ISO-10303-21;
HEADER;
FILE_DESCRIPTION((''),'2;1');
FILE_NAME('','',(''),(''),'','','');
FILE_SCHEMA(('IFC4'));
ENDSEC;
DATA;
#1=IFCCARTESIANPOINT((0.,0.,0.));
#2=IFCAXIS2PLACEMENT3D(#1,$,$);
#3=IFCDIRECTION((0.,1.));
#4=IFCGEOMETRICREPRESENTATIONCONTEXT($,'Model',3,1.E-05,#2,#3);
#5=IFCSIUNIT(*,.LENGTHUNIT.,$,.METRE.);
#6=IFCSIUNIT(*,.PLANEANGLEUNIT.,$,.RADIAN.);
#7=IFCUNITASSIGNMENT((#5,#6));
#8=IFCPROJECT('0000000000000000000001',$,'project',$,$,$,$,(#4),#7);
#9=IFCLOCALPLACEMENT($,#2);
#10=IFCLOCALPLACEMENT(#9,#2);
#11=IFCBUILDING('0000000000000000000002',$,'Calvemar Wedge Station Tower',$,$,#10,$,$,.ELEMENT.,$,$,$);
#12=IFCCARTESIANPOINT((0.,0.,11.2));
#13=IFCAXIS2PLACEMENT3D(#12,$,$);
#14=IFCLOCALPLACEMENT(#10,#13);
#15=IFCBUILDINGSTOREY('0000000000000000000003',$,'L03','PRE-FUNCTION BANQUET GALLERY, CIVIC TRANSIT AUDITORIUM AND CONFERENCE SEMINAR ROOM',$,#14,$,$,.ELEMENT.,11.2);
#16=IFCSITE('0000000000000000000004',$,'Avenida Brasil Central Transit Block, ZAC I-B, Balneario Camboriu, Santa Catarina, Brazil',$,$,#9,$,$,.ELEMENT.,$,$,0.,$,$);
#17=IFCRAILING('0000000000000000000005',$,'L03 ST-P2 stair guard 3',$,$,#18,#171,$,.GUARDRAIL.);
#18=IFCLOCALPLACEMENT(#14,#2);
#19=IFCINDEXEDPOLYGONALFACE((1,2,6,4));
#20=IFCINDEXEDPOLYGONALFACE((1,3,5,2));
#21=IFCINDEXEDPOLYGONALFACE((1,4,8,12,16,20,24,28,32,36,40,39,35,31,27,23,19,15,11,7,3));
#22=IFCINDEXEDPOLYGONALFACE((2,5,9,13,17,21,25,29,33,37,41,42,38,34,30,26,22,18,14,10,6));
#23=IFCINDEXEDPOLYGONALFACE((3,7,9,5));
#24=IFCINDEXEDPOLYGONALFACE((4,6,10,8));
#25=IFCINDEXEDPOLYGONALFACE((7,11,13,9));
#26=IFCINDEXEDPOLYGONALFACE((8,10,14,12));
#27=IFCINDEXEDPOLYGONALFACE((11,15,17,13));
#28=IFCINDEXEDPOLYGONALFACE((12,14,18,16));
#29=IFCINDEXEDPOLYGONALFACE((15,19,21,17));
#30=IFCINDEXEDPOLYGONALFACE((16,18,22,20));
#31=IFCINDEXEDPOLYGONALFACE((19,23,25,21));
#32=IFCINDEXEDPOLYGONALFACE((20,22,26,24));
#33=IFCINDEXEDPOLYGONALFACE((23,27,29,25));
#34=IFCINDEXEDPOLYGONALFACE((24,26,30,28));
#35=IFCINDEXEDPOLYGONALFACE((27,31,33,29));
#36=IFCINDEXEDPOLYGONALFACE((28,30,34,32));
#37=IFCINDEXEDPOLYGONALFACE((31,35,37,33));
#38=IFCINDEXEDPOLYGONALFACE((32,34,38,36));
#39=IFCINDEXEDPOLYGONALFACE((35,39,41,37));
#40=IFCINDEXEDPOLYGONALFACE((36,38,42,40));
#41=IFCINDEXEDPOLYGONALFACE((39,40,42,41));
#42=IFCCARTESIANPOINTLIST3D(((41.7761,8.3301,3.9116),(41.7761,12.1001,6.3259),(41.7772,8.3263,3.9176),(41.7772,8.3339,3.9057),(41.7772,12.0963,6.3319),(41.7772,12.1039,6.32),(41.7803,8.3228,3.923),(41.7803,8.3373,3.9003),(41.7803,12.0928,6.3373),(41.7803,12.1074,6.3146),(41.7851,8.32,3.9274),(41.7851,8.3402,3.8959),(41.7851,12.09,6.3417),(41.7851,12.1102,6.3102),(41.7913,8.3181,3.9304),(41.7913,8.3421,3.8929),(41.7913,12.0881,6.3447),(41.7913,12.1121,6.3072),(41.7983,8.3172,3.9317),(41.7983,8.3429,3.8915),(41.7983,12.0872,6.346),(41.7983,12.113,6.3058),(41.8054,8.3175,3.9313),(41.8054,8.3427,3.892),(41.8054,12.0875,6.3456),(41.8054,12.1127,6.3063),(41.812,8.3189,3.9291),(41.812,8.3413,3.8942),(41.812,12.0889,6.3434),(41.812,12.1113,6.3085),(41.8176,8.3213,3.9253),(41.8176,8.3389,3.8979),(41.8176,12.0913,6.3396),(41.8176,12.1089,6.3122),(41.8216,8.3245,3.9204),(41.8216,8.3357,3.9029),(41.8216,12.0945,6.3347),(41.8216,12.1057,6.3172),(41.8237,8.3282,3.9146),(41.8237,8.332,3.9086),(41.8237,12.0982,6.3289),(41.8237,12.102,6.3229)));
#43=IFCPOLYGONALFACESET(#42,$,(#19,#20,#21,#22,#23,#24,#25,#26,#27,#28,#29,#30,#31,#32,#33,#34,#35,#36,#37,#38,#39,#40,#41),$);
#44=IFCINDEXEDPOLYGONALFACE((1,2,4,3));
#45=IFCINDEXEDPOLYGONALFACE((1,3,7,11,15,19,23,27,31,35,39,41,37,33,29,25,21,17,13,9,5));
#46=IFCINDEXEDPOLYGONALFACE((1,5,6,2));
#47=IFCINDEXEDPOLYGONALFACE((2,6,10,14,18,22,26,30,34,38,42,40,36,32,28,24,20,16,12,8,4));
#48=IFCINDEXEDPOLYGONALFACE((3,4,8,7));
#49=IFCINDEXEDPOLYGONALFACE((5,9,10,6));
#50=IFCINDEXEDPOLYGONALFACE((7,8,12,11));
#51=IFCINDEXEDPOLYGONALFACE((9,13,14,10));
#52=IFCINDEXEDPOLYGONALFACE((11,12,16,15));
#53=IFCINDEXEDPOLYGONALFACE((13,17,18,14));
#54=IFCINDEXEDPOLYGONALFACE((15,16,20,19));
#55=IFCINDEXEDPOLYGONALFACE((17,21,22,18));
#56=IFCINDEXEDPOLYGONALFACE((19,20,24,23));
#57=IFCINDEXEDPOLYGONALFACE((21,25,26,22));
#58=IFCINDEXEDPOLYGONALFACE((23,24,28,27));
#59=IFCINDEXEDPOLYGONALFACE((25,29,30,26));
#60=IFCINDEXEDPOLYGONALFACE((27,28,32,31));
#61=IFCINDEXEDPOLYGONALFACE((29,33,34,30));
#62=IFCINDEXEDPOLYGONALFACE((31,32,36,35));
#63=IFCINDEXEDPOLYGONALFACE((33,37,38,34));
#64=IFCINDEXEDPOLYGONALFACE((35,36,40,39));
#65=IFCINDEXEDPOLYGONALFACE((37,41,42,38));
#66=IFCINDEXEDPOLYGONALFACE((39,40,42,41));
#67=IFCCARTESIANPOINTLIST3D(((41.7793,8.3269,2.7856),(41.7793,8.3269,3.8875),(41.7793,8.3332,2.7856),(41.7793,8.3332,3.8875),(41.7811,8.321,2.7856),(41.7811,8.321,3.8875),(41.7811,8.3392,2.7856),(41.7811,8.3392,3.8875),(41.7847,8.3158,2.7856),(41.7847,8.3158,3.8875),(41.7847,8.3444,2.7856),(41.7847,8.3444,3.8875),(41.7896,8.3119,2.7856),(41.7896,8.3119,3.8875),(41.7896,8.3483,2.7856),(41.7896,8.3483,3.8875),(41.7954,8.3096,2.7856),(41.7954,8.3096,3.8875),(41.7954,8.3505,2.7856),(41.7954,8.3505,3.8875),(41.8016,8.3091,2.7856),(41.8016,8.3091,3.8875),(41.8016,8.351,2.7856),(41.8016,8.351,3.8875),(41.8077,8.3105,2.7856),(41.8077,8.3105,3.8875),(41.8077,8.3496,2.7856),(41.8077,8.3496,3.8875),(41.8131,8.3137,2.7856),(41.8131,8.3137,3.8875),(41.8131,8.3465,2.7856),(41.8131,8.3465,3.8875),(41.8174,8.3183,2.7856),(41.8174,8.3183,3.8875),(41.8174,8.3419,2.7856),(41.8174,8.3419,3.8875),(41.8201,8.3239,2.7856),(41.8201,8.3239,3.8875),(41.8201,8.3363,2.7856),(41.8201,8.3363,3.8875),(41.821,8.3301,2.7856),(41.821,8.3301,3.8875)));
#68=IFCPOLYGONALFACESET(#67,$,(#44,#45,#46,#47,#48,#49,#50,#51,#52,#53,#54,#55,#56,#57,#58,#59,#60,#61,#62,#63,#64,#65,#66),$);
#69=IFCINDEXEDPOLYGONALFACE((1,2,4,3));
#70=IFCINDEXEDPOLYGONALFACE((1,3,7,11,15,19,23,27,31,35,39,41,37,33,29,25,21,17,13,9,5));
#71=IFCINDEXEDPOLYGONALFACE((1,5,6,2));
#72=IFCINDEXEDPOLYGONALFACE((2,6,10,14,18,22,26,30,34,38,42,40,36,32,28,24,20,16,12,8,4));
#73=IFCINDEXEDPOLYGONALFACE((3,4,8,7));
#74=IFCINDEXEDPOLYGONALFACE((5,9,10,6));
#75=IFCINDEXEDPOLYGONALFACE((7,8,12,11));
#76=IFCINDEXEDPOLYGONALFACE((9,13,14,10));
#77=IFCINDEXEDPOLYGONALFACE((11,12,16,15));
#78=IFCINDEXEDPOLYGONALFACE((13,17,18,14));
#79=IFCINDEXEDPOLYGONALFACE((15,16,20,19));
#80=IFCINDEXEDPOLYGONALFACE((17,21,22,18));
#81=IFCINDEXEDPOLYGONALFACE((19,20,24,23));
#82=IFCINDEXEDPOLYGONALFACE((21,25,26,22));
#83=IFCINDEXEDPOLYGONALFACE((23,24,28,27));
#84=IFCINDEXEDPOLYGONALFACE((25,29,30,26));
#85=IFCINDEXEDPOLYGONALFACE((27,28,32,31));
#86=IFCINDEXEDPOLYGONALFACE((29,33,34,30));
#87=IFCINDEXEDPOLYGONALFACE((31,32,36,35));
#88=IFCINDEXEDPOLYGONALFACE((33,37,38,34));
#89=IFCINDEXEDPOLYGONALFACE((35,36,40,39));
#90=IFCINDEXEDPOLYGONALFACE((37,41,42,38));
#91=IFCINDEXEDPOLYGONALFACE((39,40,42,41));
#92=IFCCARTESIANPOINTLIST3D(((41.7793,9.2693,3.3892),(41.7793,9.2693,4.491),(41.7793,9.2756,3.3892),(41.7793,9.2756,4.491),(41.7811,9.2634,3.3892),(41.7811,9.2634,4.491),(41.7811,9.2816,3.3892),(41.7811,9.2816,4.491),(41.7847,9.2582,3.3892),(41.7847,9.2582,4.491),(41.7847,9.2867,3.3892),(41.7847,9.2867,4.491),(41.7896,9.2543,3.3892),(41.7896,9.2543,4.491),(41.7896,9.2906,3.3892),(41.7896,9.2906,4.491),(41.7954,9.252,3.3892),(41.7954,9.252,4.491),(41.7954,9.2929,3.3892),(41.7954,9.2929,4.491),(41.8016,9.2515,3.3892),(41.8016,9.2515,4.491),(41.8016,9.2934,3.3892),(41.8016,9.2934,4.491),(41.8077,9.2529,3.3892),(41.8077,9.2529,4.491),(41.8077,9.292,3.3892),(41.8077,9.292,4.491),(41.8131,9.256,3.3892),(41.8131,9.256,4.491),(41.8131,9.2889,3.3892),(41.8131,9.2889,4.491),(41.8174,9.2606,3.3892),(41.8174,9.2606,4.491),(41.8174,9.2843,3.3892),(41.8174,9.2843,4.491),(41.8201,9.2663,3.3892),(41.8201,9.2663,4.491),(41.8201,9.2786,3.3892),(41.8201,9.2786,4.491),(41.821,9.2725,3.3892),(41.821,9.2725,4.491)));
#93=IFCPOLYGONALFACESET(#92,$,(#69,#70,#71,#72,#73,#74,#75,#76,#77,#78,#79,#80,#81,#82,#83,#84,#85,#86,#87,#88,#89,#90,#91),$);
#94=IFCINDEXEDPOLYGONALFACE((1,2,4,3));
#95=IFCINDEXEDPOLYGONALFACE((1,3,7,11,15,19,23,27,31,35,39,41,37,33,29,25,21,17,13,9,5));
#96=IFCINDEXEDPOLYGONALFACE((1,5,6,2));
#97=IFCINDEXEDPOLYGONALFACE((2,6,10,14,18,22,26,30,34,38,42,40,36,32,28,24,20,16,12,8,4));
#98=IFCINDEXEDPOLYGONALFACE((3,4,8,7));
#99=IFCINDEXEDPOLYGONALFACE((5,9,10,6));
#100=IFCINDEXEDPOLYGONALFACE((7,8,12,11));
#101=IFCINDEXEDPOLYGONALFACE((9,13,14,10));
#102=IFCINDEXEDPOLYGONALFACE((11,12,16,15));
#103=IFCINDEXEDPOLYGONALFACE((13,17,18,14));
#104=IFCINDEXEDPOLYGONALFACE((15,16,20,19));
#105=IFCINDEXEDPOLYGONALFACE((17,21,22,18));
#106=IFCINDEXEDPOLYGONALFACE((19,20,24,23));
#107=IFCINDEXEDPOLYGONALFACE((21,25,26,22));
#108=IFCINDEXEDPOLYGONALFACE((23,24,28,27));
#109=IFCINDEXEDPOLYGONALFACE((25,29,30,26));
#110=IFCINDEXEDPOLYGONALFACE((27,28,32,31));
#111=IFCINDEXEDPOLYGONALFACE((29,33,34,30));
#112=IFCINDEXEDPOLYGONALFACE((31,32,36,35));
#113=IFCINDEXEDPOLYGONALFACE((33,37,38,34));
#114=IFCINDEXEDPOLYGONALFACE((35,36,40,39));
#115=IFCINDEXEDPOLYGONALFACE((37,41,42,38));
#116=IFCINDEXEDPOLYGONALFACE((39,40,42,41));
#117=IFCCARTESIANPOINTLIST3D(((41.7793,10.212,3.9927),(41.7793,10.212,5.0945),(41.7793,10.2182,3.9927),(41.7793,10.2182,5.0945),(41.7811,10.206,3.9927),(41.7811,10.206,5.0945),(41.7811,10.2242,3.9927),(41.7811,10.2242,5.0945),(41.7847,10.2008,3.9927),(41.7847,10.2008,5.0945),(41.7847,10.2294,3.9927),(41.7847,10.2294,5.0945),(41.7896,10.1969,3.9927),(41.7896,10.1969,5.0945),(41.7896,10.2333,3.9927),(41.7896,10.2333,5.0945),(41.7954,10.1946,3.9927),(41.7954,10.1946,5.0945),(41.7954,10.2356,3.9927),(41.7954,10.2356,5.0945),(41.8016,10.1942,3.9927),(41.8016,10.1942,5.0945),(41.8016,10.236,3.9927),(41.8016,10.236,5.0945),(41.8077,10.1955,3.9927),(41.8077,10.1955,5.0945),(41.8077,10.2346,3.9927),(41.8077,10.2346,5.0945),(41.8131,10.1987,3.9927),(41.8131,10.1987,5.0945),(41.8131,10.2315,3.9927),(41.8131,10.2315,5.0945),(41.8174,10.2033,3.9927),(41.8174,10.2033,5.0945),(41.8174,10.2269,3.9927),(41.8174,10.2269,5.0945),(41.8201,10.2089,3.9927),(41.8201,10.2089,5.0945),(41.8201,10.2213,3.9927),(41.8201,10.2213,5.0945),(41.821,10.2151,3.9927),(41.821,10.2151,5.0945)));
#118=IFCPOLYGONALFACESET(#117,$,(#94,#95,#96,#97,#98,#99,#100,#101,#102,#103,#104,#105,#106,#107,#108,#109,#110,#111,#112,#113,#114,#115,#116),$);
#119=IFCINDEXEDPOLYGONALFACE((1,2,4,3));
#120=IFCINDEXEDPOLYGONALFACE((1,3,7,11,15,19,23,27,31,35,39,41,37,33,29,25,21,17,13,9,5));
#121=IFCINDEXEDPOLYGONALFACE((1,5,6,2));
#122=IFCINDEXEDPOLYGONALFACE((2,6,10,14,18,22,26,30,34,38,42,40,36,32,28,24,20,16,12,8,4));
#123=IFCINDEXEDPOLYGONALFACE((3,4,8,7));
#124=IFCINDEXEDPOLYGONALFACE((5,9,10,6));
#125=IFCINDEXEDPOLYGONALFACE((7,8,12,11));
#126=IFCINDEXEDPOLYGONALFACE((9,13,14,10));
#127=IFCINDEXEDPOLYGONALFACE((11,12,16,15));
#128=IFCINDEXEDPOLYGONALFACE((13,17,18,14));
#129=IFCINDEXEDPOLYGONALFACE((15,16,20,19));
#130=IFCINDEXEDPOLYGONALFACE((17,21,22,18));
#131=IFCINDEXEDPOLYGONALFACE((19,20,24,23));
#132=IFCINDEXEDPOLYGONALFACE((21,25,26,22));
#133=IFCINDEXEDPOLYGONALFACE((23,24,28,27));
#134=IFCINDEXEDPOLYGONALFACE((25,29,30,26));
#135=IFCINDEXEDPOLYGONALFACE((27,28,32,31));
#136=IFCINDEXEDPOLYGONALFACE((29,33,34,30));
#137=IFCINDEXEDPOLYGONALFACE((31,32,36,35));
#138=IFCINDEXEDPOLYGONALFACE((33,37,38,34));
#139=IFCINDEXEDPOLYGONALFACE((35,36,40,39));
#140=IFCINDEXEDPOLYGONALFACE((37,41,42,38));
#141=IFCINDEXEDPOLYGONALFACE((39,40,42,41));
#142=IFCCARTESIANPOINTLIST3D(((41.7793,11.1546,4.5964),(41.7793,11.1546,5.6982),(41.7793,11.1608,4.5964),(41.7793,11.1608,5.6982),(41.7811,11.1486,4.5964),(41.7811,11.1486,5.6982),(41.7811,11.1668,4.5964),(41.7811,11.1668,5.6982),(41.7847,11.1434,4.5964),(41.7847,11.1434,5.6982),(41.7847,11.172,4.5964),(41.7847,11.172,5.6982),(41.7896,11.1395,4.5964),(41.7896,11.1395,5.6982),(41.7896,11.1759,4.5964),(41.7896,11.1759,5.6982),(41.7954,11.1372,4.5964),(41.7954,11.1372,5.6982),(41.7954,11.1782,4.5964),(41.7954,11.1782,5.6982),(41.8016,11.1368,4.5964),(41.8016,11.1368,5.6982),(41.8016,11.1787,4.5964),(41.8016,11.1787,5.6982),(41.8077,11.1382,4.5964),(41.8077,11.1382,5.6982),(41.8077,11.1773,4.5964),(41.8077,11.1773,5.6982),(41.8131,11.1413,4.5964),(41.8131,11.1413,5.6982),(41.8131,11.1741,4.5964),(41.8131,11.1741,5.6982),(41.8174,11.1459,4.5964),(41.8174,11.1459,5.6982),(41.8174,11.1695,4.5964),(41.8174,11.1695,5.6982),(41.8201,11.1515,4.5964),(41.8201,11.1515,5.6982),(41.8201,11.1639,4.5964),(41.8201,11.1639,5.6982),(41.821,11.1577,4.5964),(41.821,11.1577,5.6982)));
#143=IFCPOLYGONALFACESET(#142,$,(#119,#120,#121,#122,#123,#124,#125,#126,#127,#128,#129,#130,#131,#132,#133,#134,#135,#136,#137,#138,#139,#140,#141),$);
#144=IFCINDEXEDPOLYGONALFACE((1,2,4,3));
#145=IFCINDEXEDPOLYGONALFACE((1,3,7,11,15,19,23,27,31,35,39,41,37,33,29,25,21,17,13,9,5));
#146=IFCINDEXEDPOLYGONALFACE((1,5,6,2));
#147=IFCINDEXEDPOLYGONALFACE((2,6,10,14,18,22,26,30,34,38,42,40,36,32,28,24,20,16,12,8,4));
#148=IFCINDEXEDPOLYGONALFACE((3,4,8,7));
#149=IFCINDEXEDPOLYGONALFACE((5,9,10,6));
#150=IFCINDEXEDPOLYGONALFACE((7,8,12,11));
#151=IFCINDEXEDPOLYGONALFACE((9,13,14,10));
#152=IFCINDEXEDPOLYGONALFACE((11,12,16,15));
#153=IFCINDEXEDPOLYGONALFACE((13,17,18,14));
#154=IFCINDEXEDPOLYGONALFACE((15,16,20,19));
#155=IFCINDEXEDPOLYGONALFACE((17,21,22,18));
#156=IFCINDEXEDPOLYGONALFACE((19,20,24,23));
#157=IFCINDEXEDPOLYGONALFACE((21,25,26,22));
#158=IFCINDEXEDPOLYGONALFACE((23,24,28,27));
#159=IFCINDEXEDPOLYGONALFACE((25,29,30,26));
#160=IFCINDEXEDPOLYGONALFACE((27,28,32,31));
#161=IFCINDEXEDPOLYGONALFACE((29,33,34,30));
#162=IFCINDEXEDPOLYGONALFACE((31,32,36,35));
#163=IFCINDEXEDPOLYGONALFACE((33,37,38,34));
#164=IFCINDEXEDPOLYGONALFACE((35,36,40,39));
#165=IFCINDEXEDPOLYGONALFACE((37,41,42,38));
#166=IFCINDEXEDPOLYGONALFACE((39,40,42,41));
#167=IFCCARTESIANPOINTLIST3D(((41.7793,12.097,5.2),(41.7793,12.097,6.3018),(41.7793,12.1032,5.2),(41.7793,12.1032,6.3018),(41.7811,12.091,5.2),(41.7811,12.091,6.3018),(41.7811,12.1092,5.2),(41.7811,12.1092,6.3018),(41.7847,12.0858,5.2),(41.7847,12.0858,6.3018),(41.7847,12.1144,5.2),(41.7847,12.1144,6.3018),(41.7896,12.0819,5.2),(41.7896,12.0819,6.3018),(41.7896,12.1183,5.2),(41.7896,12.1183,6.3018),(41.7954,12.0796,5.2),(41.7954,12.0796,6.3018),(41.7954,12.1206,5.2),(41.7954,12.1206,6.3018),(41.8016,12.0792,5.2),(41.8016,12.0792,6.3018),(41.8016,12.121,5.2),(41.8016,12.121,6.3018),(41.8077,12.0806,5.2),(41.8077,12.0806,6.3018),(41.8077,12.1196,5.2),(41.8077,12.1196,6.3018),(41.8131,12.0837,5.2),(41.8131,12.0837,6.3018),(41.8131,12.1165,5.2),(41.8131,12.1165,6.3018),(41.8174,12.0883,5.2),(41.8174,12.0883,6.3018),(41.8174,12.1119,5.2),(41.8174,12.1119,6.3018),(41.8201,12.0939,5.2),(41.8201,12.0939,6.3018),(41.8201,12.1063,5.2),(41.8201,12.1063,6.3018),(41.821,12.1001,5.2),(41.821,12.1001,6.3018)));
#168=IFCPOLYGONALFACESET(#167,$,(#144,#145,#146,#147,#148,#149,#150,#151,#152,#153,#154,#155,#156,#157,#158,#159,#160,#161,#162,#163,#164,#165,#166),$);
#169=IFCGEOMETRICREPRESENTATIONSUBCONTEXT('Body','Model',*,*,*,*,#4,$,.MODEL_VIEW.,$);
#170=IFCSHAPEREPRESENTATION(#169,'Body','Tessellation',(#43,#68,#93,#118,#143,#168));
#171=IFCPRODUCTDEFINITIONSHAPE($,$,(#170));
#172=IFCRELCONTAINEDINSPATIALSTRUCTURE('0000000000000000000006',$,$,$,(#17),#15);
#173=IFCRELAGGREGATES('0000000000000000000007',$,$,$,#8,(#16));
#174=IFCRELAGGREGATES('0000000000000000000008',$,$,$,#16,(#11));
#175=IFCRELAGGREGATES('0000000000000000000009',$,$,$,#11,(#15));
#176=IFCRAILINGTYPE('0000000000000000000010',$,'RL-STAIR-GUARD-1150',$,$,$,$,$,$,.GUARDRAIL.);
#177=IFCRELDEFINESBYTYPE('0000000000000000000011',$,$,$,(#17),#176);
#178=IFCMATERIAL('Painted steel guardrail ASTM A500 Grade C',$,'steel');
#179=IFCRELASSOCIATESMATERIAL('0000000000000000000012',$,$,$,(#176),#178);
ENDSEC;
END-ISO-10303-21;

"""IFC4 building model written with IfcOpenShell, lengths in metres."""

from ifc_helpers import new_model, si_unit, direction, frame, origin, origin_2d, place, context, subcontext, project, spatial, circle, extrude, material, type_object, element, save


model = new_model("IFC4")

# Units and contexts
model_context = context("Model", 3, precision=1e-05, world=origin(), true_north=direction((0.0, 1.0)))
body_context = subcontext(model_context, "Body", "Model", "MODEL_VIEW")
ifc_project = project(units=[si_unit("LENGTHUNIT", "METRE"), si_unit("PLANEANGLEUNIT", "RADIAN")], contexts=[model_context])

# Site, building, storey
site_placement = place(None, origin())
site = spatial("IfcSite", under=ifc_project, at=site_placement, Name="Avenida Brasil Central Transit Block, ZAC I-B, Balneario Camboriu, Santa Catarina, Brazil", CompositionType="ELEMENT", RefElevation=0.0)
building_placement = place(site_placement, origin())
building = spatial("IfcBuilding", under=site, at=building_placement, Name="Calvemar Wedge Station Tower", CompositionType="ELEMENT")
storey_placement = place(building_placement, frame((0.0, 0.0, 11.2)))
storey = spatial("IfcBuildingStorey", under=building, at=storey_placement, Name="L03", Description="PRE-FUNCTION BANQUET GALLERY, CIVIC TRANSIT AUDITORIUM AND CONFERENCE SEMINAR ROOM", CompositionType="ELEMENT", Elevation=11.2)

# Railing
ifc_material_1 = material(Name="Painted steel guardrail ASTM A500 Grade C", Category="steel")
railing_type_1 = type_object("IfcRailingType", Name="RL-STAIR-GUARD-1150", PredefinedType="GUARDRAIL", material=ifc_material_1)
railing_1_placement = place(storey_placement, frame((41.8, 8.3301, 2.7856)))
element("IfcRailing", 1, at=railing_1_placement, inside=storey, type_object=railing_type_1, Name="L03 ST-P2 stair guard 3", PredefinedType="GUARDRAIL", context=body_context, shape_type="SweptSolid", body=[
    extrude(circle(Radius=0.0239, at=origin_2d()), frame((0.0, 0.0, 1.126), z_axis=(0.0, 0.84212, 0.53929), x_axis=(-1.0, 0.0, 0.0)), (0.0, 0.0, 1.0), 4.4768),
    extrude(circle(Radius=0.021, at=origin_2d()), origin(), (0.0, 0.0, 1.0), 1.1018),
    extrude(circle(Radius=0.021, at=origin_2d()), frame((0.0, 0.9424, 0.6035)), (0.0, 0.0, 1.0), 1.1018),
    extrude(circle(Radius=0.021, at=origin_2d()), frame((0.0, 1.885, 1.207)), (0.0, 0.0, 1.0), 1.1018),
    extrude(circle(Radius=0.021, at=origin_2d()), frame((0.0, 2.8276, 1.8108)), (0.0, 0.0, 1.0), 1.1018),
    extrude(circle(Radius=0.021, at=origin_2d()), frame((0.0, 3.77, 2.4143)), (0.0, 0.0, 1.0), 1.1018),
])

save(model, "model.ifc")
